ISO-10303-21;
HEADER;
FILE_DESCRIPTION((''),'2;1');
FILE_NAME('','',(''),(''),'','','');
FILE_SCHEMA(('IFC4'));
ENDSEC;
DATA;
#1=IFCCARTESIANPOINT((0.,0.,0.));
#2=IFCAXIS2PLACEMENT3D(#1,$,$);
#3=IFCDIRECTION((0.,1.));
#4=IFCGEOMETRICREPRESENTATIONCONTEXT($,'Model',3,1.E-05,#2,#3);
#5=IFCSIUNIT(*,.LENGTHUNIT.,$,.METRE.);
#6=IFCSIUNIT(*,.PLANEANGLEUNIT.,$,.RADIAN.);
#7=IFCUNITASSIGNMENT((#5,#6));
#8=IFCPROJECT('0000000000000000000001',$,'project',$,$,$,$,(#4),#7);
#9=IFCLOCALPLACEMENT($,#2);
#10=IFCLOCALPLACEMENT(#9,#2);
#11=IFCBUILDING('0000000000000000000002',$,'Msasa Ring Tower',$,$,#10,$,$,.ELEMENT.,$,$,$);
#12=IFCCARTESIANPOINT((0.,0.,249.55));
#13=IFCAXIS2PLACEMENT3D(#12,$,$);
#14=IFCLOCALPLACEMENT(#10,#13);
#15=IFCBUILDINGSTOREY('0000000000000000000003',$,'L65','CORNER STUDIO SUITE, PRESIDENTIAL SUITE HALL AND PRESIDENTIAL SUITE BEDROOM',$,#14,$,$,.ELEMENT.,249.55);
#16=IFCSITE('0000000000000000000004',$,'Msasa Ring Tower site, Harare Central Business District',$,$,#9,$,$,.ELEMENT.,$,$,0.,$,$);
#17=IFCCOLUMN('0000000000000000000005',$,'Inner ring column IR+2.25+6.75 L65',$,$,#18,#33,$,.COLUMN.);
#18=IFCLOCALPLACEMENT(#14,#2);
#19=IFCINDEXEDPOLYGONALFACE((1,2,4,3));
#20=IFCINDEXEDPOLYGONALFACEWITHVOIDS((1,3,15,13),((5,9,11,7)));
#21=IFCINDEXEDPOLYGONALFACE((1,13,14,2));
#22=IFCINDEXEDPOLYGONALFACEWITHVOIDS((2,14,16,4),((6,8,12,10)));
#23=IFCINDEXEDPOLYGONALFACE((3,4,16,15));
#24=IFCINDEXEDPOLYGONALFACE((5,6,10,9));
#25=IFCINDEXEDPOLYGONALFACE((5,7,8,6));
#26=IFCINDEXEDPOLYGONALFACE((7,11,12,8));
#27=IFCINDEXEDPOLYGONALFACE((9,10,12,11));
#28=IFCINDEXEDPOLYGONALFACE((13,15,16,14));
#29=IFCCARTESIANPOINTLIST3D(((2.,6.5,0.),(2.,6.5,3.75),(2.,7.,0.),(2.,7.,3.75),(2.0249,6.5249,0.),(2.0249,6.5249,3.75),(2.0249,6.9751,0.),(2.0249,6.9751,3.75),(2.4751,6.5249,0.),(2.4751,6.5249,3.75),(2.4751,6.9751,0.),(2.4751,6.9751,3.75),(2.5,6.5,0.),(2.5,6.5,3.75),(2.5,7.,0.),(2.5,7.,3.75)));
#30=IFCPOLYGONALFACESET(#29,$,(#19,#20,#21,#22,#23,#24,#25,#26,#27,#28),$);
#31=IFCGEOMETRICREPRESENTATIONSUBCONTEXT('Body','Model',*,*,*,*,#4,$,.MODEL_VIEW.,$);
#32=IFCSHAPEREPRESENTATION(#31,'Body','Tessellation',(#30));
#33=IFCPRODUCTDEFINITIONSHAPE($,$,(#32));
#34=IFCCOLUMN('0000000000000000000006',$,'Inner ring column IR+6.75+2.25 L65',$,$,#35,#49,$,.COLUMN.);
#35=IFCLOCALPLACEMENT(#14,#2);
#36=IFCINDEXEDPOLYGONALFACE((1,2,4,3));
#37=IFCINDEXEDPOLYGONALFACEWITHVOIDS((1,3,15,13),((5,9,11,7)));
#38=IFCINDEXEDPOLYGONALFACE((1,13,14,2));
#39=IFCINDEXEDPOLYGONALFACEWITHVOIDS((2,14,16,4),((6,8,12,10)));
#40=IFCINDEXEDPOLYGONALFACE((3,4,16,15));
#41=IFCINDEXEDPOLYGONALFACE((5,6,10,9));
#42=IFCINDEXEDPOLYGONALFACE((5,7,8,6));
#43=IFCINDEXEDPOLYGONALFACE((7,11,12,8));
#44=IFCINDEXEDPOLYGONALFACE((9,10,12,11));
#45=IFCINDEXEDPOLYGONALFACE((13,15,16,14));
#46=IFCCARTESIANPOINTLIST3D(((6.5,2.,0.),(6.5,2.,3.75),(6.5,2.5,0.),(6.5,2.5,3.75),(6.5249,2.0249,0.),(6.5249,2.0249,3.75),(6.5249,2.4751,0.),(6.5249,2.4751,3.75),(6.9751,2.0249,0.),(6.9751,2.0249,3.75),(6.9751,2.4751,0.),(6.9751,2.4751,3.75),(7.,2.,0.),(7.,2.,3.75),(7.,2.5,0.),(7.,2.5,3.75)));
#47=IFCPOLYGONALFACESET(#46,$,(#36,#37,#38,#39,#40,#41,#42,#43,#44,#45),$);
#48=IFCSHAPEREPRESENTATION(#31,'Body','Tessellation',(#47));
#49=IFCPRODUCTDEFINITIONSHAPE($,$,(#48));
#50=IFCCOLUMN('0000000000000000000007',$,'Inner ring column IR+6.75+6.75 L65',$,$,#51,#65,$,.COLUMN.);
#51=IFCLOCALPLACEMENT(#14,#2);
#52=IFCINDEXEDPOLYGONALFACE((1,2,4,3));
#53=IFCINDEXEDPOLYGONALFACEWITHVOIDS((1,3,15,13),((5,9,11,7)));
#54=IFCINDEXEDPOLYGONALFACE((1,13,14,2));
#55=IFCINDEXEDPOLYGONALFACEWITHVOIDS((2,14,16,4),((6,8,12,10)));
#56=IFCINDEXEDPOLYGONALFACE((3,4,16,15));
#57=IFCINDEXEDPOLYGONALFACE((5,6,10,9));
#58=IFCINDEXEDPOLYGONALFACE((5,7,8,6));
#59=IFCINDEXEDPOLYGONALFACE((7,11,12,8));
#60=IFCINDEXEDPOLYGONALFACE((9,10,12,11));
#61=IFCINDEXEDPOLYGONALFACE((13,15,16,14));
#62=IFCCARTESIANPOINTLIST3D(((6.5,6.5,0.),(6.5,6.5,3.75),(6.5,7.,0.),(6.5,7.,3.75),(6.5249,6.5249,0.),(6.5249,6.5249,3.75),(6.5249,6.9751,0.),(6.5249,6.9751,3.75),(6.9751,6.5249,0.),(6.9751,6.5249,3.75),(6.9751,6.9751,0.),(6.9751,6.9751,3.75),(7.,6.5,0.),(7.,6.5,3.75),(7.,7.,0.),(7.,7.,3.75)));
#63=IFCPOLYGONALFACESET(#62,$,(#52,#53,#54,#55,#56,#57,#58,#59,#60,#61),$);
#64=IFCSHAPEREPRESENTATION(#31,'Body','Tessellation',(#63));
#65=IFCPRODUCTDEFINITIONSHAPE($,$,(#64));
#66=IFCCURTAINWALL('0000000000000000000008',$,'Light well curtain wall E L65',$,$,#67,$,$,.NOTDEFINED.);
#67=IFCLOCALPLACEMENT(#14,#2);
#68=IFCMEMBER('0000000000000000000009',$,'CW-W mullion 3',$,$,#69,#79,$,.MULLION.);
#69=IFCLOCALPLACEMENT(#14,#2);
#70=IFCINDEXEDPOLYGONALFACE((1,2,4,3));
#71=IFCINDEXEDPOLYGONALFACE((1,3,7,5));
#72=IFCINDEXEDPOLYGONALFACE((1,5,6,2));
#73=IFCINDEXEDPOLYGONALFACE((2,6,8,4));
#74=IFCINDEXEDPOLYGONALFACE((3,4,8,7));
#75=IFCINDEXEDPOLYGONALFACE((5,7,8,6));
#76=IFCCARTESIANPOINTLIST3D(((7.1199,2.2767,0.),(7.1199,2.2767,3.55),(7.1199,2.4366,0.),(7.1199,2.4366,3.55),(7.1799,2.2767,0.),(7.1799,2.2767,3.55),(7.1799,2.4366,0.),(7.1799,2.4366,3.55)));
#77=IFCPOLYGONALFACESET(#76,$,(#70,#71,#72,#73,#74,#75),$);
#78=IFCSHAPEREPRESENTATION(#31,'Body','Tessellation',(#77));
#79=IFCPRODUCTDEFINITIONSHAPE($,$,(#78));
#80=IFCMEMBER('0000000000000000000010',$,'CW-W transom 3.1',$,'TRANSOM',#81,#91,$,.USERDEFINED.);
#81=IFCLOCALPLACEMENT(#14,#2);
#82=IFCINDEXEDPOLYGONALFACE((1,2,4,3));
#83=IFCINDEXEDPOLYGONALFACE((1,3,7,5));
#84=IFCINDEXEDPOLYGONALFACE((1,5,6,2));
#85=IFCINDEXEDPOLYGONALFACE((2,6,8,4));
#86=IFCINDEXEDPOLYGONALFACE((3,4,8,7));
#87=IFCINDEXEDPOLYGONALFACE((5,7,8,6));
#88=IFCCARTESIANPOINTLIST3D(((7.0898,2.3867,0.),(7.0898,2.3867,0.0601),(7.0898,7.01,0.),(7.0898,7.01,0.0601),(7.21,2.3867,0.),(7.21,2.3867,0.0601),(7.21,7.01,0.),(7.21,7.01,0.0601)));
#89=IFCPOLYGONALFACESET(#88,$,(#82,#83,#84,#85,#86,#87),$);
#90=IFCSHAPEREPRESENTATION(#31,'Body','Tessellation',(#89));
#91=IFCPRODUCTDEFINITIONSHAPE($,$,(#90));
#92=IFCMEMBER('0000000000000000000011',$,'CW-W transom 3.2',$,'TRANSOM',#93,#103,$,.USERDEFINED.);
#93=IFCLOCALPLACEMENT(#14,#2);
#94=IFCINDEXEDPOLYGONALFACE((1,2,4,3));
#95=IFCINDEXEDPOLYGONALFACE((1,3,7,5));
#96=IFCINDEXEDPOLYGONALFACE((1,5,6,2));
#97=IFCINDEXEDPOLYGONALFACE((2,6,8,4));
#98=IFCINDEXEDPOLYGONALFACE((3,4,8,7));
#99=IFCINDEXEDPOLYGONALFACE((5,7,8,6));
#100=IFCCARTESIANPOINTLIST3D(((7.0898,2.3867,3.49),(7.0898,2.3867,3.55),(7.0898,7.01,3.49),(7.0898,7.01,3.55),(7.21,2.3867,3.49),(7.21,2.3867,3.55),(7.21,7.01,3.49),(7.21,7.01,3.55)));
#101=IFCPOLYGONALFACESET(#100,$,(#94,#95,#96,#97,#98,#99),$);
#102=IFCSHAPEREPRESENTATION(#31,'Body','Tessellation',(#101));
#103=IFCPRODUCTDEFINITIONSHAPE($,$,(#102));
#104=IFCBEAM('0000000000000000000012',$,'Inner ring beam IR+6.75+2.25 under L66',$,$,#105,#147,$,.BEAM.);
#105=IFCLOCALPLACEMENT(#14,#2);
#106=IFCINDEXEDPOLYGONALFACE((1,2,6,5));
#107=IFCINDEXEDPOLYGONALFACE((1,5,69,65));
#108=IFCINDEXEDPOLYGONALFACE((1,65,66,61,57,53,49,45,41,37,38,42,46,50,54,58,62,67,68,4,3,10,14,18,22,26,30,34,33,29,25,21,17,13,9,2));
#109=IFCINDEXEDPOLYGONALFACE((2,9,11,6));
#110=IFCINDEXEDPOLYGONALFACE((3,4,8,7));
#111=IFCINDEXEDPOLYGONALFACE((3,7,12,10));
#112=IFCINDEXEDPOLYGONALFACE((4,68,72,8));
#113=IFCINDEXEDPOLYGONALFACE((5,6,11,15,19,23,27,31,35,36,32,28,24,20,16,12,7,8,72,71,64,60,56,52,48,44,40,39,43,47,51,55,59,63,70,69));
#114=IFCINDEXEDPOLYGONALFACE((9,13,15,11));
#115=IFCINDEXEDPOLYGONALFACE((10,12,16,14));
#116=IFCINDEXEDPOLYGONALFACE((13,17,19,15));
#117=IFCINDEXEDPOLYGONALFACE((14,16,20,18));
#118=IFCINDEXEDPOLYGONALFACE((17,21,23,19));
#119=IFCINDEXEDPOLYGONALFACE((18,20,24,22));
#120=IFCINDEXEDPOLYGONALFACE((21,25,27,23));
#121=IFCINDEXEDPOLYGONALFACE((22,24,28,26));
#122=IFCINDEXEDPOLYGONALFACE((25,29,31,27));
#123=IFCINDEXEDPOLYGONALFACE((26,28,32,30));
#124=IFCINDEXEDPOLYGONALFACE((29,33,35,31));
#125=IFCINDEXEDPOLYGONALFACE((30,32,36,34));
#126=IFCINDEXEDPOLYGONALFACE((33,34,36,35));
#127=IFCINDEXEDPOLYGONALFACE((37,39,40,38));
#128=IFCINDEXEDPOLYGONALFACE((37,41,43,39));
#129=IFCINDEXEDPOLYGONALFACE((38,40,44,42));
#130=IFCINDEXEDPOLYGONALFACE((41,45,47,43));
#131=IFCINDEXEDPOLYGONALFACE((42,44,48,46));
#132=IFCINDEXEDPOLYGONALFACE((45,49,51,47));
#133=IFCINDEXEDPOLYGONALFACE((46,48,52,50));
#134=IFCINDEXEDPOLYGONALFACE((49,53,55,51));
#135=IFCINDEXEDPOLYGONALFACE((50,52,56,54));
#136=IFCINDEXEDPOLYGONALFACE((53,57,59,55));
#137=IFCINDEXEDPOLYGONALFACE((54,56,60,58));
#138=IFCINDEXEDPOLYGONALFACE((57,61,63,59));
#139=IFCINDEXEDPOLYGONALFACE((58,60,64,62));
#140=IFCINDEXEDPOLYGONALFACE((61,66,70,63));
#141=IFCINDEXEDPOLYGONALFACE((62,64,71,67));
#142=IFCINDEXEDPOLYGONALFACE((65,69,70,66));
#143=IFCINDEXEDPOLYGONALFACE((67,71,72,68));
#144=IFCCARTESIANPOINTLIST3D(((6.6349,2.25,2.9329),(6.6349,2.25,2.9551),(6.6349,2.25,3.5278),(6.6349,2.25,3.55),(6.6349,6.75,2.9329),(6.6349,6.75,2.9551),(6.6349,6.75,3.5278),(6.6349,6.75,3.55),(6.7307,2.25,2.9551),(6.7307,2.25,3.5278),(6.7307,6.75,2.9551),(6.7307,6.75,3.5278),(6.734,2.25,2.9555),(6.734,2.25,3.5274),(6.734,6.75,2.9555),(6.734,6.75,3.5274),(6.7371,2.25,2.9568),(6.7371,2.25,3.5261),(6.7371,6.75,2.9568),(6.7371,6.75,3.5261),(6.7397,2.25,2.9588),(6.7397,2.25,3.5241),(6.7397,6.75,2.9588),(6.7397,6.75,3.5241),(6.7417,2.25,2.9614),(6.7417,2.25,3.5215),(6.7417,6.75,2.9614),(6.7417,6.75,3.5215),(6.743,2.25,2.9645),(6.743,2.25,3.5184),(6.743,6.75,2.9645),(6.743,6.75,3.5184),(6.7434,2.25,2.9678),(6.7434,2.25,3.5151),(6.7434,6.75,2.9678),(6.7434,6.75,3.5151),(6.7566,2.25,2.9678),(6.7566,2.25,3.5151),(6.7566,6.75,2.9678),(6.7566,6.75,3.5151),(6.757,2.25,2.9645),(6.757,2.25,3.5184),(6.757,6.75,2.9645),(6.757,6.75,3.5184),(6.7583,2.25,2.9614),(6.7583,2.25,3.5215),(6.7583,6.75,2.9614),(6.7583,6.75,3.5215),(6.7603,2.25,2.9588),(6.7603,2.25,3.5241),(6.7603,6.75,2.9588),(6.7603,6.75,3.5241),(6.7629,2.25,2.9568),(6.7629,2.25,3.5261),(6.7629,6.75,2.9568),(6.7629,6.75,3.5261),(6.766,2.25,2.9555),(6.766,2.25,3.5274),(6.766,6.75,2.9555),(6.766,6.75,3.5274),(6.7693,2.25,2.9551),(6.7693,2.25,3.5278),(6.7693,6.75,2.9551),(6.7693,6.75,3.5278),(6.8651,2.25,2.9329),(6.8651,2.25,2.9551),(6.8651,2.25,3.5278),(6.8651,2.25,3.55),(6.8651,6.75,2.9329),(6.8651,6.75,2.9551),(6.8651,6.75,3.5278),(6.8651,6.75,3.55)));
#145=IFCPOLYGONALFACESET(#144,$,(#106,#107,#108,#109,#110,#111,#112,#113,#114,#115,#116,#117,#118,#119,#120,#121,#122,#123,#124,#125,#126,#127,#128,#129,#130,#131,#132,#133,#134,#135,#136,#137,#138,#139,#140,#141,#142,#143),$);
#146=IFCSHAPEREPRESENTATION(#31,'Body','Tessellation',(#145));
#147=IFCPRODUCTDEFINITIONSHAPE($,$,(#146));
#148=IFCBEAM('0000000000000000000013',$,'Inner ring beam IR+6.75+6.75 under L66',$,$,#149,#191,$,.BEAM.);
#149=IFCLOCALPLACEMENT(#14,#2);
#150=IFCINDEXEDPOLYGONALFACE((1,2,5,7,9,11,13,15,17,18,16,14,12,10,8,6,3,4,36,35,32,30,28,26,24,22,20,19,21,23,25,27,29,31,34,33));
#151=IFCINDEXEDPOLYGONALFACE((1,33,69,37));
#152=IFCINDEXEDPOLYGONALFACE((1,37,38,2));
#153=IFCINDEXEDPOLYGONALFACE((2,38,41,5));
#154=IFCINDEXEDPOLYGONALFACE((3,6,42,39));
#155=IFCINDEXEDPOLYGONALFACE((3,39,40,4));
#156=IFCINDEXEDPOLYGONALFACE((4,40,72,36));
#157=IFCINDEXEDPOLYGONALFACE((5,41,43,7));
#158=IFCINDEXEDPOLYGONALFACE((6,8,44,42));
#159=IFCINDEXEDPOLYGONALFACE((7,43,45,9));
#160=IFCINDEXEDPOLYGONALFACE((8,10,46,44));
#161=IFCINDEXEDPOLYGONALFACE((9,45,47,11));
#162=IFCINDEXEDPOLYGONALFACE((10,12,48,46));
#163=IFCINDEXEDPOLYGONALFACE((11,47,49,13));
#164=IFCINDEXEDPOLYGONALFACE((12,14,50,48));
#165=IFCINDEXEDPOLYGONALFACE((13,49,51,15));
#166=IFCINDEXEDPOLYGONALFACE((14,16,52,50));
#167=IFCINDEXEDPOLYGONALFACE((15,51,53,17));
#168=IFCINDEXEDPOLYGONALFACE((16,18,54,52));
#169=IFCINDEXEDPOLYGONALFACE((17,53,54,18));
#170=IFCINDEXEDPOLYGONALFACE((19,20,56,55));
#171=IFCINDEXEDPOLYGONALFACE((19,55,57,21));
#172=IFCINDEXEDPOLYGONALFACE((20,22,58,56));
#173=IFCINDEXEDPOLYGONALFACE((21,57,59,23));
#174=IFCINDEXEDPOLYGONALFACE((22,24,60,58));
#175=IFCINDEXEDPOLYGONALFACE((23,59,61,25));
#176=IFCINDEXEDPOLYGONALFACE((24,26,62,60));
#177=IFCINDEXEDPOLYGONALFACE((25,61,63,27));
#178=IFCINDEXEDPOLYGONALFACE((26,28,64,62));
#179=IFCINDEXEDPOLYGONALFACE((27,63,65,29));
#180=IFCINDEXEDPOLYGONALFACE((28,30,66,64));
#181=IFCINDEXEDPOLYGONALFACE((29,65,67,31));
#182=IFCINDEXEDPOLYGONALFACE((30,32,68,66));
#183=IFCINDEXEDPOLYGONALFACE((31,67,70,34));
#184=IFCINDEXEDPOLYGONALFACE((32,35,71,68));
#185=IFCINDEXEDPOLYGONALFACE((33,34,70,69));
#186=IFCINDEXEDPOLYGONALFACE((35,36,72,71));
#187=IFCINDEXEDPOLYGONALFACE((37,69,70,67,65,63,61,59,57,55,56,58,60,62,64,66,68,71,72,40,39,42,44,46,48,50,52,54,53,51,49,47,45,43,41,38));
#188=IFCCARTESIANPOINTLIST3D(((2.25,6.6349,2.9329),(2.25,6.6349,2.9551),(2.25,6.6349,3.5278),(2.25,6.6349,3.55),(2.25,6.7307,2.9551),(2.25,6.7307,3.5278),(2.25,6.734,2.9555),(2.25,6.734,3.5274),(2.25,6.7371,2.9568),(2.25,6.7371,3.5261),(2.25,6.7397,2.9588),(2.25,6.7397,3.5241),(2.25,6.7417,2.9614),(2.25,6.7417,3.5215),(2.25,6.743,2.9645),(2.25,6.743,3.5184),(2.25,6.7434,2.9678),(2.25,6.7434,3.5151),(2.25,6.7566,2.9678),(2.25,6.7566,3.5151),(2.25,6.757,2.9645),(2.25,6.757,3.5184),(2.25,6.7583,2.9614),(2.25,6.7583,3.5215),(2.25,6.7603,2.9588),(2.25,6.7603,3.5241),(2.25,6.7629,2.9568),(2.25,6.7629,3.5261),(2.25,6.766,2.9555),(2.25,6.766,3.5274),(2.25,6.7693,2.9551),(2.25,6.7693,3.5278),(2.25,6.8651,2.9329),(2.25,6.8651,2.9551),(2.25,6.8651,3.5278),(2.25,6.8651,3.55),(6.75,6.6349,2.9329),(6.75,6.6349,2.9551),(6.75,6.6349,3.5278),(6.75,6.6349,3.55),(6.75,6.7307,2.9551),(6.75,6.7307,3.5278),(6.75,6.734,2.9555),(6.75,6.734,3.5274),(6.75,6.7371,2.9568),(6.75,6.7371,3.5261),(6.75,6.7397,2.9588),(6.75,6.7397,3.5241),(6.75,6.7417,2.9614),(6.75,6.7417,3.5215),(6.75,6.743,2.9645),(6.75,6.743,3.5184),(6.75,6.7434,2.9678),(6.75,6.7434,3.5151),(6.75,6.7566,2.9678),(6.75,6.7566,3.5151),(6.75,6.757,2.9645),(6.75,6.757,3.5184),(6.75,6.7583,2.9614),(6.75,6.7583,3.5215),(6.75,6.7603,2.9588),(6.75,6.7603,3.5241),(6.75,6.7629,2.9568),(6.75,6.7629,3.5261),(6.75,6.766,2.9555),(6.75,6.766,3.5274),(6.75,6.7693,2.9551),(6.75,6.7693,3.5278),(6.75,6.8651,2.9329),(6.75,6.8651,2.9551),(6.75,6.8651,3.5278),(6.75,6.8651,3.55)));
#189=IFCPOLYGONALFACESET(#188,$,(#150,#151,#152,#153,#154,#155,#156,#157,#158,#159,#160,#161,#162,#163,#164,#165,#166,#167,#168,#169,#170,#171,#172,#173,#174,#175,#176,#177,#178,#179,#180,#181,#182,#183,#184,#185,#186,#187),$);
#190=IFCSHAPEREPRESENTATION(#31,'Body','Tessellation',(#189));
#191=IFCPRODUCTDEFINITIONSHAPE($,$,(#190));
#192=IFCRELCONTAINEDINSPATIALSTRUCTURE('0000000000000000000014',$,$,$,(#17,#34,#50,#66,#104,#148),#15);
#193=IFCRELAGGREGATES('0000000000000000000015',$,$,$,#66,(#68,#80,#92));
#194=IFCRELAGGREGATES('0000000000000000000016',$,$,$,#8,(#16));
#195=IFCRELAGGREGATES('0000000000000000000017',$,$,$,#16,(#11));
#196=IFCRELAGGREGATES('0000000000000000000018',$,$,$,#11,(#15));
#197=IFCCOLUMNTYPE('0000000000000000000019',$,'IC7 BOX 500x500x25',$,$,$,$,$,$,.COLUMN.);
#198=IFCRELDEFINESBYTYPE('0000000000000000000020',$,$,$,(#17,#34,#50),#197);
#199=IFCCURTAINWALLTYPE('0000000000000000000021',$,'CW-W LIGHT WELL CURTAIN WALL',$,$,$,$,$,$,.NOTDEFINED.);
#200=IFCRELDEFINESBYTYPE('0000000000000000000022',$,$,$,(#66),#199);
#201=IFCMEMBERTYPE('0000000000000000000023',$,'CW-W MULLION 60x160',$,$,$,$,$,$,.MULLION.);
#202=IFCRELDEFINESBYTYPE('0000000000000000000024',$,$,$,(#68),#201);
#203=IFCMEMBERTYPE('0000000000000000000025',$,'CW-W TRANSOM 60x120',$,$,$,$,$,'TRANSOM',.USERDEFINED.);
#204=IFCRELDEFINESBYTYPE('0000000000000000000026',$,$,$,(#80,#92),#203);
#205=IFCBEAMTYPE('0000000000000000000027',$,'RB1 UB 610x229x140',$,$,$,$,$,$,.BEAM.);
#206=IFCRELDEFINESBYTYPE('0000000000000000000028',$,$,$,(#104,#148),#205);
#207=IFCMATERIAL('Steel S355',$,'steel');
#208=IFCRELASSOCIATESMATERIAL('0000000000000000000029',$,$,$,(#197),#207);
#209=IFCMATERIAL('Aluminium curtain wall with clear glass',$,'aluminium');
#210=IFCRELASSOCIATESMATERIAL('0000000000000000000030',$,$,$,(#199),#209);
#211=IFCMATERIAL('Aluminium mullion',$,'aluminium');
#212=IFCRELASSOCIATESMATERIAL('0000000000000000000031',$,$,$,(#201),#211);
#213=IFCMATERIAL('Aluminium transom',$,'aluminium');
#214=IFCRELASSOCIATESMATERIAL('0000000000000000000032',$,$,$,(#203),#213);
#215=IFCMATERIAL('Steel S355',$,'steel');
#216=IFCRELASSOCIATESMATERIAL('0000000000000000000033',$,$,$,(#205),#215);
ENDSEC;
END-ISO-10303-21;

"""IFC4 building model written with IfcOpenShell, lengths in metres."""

from ifc_helpers import new_model, si_unit, direction, frame, origin, origin_2d, place, context, subcontext, project, spatial, rectangle, hollow_rectangle, i_section, extrude, material, material_profile, profile_set, type_object, element, aggregate, save


model = new_model("IFC4")

# Units and contexts
model_context = context("Model", 3, precision=1e-05, world=origin(), true_north=direction((0.0, 1.0)))
body_context = subcontext(model_context, "Body", "Model", "MODEL_VIEW")
ifc_project = project(units=[si_unit("LENGTHUNIT", "METRE"), si_unit("PLANEANGLEUNIT", "RADIAN")], contexts=[model_context])

# Site, building, storey
site_placement = place(None, origin())
site = spatial("IfcSite", under=ifc_project, at=site_placement, Name="Msasa Ring Tower site, Harare Central Business District", CompositionType="ELEMENT", RefElevation=0.0)
building_placement = place(site_placement, origin())
building = spatial("IfcBuilding", under=site, at=building_placement, Name="Msasa Ring Tower", CompositionType="ELEMENT")
storey_placement = place(building_placement, frame((0.0, 0.0, 249.55)))
storey = spatial("IfcBuildingStorey", under=building, at=storey_placement, Name="L65", Description="CORNER STUDIO SUITE, PRESIDENTIAL SUITE HALL AND PRESIDENTIAL SUITE BEDROOM", CompositionType="ELEMENT", Elevation=249.55)

# Columns
ifc_material_1 = material(Name="Steel S355", Category="steel")
ifc_material_profile_1 = material_profile(ifc_material_1, hollow_rectangle(XDim=0.5, YDim=0.5, WallThickness=0.0249, at=origin_2d()), Name="BOX 500x500x25")
ifc_profile_set_1 = profile_set([ifc_material_profile_1], Name="Steel S355")
column_type = type_object("IfcColumnType", Name="IC7 BOX 500x500x25", PredefinedType="COLUMN", material=ifc_profile_set_1)
for number, where, z_axis, x_axis, name in (
    (1, (2.25, 6.75, 0.0), (0.0, 0.0, 1.0), (1.0, 0.0, 0.0), "Inner ring column IR+2.25+6.75 L65"),
    (2, (6.75, 2.25, 0.0), (0.0, 0.0, 1.0), (1.0, 0.0, 0.0), "Inner ring column IR+6.75+2.25 L65"),
    (3, (6.75, 6.75, 0.0), (0.0, 0.0, 1.0), (1.0, 0.0, 0.0), "Inner ring column IR+6.75+6.75 L65"),
):
    element("IfcColumn", number, at=place(storey_placement, frame(where, z_axis=z_axis, x_axis=x_axis)), inside=storey, type_object=column_type, Name=name, PredefinedType="COLUMN", context=body_context, shape_type="SweptSolid", body=[
        extrude(hollow_rectangle(XDim=0.5, YDim=0.5, WallThickness=0.0249, at=origin_2d()), origin(), (0.0, 0.0, 1.0), 3.75),
    ])

# Curtain wall, members
ifc_material_2 = material(Name="Aluminium curtain wall with clear glass", Category="aluminium")
curtain_wall_type = type_object("IfcCurtainWallType", Name="CW-W LIGHT WELL CURTAIN WALL", PredefinedType="NOTDEFINED", material=ifc_material_2)
curtain_wall_placement = place(storey_placement, origin())
curtain_wall = element("IfcCurtainWall", 4, at=curtain_wall_placement, inside=storey, type_object=curtain_wall_type, Name="Light well curtain wall E L65", PredefinedType="NOTDEFINED")
ifc_material_3 = material(Name="Aluminium mullion", Category="aluminium")
ifc_material_profile_2 = material_profile(ifc_material_3, rectangle(XDim=0.0601, YDim=0.1599, at=origin_2d()), Name="AL 60x160")
ifc_profile_set_2 = profile_set([ifc_material_profile_2], Name="Aluminium mullion")
member_type_1 = type_object("IfcMemberType", Name="CW-W MULLION 60x160", PredefinedType="MULLION", material=ifc_profile_set_2)
member_1_placement = place(storey_placement, frame((7.1499, 2.3567, 0.0), z_axis=(0.0, 0.0, 1.0), x_axis=(-1.0, 0.0, 0.0)))
member_1 = element("IfcMember", 5, at=member_1_placement, type_object=member_type_1, Name="CW-W mullion 3", PredefinedType="MULLION", context=body_context, shape_type="SweptSolid", body=[
    extrude(rectangle(XDim=0.0601, YDim=0.1599, at=origin_2d()), origin(), (0.0, 0.0, 1.0), 3.55),
])
ifc_material_4 = material(Name="Aluminium transom", Category="aluminium")
ifc_material_profile_3 = material_profile(ifc_material_4, rectangle(XDim=0.1201, YDim=0.0601, at=origin_2d()), Name="AL 60x120")
ifc_profile_set_3 = profile_set([ifc_material_profile_3], Name="Aluminium transom")
member_type_2 = type_object("IfcMemberType", Name="CW-W TRANSOM 60x120", ElementType="TRANSOM", PredefinedType="USERDEFINED", material=ifc_profile_set_3)
member_2_placement = place(storey_placement, frame((7.1499, 2.3867, 0.03), z_axis=(0.0, 1.0, 0.0), x_axis=(-1.0, 0.0, 0.0)))
member_2 = element("IfcMember", 6, at=member_2_placement, type_object=member_type_2, Name="CW-W transom 3.1", ObjectType="TRANSOM", PredefinedType="USERDEFINED", context=body_context, shape_type="SweptSolid", body=[
    extrude(rectangle(XDim=0.1201, YDim=0.0601, at=origin_2d()), origin(), (0.0, 0.0, 1.0), 4.6233),
])
member_3_placement = place(storey_placement, frame((7.1499, 2.3867, 3.52), z_axis=(0.0, 1.0, 0.0), x_axis=(-1.0, 0.0, 0.0)))
member_3 = element("IfcMember", 7, at=member_3_placement, type_object=member_type_2, Name="CW-W transom 3.2", ObjectType="TRANSOM", PredefinedType="USERDEFINED", context=body_context, shape_type="SweptSolid", body=[
    extrude(rectangle(XDim=0.1201, YDim=0.0601, at=origin_2d()), origin(), (0.0, 0.0, 1.0), 4.6233),
])

# Beams
ifc_material_5 = material(Name="Steel S355", Category="steel")
ifc_material_profile_4 = material_profile(ifc_material_5, i_section(OverallWidth=0.2302, OverallDepth=0.6172, WebThickness=0.0132, FlangeThickness=0.0222, FilletRadius=0.0127, at=origin_2d()), Name="UB 610x229x140")
ifc_profile_set_4 = profile_set([ifc_material_profile_4], Name="Steel S355")
beam_type = type_object("IfcBeamType", Name="RB1 UB 610x229x140", PredefinedType="BEAM", material=ifc_profile_set_4)
for number, where, z_axis, x_axis, name in (
    (8, (6.75, 2.25, 3.2415), (0.0, 1.0, 0.0), (-1.0, 0.0, 0.0), "Inner ring beam IR+6.75+2.25 under L66"),
    (9, (6.75, 6.75, 3.2415), (-1.0, 0.0, 0.0), (0.0, -1.0, 0.0), "Inner ring beam IR+6.75+6.75 under L66"),
):
    element("IfcBeam", number, at=place(storey_placement, frame(where, z_axis=z_axis, x_axis=x_axis)), inside=storey, type_object=beam_type, Name=name, PredefinedType="BEAM", context=body_context, shape_type="SweptSolid", body=[
        extrude(i_section(OverallWidth=0.2302, OverallDepth=0.6172, WebThickness=0.0132, FlangeThickness=0.0222, FilletRadius=0.0127, at=origin_2d()), origin(), (0.0, 0.0, 1.0), 4.5),
    ])

aggregate(curtain_wall, [member_1, member_2, member_3])

save(model, "model.ifc")
